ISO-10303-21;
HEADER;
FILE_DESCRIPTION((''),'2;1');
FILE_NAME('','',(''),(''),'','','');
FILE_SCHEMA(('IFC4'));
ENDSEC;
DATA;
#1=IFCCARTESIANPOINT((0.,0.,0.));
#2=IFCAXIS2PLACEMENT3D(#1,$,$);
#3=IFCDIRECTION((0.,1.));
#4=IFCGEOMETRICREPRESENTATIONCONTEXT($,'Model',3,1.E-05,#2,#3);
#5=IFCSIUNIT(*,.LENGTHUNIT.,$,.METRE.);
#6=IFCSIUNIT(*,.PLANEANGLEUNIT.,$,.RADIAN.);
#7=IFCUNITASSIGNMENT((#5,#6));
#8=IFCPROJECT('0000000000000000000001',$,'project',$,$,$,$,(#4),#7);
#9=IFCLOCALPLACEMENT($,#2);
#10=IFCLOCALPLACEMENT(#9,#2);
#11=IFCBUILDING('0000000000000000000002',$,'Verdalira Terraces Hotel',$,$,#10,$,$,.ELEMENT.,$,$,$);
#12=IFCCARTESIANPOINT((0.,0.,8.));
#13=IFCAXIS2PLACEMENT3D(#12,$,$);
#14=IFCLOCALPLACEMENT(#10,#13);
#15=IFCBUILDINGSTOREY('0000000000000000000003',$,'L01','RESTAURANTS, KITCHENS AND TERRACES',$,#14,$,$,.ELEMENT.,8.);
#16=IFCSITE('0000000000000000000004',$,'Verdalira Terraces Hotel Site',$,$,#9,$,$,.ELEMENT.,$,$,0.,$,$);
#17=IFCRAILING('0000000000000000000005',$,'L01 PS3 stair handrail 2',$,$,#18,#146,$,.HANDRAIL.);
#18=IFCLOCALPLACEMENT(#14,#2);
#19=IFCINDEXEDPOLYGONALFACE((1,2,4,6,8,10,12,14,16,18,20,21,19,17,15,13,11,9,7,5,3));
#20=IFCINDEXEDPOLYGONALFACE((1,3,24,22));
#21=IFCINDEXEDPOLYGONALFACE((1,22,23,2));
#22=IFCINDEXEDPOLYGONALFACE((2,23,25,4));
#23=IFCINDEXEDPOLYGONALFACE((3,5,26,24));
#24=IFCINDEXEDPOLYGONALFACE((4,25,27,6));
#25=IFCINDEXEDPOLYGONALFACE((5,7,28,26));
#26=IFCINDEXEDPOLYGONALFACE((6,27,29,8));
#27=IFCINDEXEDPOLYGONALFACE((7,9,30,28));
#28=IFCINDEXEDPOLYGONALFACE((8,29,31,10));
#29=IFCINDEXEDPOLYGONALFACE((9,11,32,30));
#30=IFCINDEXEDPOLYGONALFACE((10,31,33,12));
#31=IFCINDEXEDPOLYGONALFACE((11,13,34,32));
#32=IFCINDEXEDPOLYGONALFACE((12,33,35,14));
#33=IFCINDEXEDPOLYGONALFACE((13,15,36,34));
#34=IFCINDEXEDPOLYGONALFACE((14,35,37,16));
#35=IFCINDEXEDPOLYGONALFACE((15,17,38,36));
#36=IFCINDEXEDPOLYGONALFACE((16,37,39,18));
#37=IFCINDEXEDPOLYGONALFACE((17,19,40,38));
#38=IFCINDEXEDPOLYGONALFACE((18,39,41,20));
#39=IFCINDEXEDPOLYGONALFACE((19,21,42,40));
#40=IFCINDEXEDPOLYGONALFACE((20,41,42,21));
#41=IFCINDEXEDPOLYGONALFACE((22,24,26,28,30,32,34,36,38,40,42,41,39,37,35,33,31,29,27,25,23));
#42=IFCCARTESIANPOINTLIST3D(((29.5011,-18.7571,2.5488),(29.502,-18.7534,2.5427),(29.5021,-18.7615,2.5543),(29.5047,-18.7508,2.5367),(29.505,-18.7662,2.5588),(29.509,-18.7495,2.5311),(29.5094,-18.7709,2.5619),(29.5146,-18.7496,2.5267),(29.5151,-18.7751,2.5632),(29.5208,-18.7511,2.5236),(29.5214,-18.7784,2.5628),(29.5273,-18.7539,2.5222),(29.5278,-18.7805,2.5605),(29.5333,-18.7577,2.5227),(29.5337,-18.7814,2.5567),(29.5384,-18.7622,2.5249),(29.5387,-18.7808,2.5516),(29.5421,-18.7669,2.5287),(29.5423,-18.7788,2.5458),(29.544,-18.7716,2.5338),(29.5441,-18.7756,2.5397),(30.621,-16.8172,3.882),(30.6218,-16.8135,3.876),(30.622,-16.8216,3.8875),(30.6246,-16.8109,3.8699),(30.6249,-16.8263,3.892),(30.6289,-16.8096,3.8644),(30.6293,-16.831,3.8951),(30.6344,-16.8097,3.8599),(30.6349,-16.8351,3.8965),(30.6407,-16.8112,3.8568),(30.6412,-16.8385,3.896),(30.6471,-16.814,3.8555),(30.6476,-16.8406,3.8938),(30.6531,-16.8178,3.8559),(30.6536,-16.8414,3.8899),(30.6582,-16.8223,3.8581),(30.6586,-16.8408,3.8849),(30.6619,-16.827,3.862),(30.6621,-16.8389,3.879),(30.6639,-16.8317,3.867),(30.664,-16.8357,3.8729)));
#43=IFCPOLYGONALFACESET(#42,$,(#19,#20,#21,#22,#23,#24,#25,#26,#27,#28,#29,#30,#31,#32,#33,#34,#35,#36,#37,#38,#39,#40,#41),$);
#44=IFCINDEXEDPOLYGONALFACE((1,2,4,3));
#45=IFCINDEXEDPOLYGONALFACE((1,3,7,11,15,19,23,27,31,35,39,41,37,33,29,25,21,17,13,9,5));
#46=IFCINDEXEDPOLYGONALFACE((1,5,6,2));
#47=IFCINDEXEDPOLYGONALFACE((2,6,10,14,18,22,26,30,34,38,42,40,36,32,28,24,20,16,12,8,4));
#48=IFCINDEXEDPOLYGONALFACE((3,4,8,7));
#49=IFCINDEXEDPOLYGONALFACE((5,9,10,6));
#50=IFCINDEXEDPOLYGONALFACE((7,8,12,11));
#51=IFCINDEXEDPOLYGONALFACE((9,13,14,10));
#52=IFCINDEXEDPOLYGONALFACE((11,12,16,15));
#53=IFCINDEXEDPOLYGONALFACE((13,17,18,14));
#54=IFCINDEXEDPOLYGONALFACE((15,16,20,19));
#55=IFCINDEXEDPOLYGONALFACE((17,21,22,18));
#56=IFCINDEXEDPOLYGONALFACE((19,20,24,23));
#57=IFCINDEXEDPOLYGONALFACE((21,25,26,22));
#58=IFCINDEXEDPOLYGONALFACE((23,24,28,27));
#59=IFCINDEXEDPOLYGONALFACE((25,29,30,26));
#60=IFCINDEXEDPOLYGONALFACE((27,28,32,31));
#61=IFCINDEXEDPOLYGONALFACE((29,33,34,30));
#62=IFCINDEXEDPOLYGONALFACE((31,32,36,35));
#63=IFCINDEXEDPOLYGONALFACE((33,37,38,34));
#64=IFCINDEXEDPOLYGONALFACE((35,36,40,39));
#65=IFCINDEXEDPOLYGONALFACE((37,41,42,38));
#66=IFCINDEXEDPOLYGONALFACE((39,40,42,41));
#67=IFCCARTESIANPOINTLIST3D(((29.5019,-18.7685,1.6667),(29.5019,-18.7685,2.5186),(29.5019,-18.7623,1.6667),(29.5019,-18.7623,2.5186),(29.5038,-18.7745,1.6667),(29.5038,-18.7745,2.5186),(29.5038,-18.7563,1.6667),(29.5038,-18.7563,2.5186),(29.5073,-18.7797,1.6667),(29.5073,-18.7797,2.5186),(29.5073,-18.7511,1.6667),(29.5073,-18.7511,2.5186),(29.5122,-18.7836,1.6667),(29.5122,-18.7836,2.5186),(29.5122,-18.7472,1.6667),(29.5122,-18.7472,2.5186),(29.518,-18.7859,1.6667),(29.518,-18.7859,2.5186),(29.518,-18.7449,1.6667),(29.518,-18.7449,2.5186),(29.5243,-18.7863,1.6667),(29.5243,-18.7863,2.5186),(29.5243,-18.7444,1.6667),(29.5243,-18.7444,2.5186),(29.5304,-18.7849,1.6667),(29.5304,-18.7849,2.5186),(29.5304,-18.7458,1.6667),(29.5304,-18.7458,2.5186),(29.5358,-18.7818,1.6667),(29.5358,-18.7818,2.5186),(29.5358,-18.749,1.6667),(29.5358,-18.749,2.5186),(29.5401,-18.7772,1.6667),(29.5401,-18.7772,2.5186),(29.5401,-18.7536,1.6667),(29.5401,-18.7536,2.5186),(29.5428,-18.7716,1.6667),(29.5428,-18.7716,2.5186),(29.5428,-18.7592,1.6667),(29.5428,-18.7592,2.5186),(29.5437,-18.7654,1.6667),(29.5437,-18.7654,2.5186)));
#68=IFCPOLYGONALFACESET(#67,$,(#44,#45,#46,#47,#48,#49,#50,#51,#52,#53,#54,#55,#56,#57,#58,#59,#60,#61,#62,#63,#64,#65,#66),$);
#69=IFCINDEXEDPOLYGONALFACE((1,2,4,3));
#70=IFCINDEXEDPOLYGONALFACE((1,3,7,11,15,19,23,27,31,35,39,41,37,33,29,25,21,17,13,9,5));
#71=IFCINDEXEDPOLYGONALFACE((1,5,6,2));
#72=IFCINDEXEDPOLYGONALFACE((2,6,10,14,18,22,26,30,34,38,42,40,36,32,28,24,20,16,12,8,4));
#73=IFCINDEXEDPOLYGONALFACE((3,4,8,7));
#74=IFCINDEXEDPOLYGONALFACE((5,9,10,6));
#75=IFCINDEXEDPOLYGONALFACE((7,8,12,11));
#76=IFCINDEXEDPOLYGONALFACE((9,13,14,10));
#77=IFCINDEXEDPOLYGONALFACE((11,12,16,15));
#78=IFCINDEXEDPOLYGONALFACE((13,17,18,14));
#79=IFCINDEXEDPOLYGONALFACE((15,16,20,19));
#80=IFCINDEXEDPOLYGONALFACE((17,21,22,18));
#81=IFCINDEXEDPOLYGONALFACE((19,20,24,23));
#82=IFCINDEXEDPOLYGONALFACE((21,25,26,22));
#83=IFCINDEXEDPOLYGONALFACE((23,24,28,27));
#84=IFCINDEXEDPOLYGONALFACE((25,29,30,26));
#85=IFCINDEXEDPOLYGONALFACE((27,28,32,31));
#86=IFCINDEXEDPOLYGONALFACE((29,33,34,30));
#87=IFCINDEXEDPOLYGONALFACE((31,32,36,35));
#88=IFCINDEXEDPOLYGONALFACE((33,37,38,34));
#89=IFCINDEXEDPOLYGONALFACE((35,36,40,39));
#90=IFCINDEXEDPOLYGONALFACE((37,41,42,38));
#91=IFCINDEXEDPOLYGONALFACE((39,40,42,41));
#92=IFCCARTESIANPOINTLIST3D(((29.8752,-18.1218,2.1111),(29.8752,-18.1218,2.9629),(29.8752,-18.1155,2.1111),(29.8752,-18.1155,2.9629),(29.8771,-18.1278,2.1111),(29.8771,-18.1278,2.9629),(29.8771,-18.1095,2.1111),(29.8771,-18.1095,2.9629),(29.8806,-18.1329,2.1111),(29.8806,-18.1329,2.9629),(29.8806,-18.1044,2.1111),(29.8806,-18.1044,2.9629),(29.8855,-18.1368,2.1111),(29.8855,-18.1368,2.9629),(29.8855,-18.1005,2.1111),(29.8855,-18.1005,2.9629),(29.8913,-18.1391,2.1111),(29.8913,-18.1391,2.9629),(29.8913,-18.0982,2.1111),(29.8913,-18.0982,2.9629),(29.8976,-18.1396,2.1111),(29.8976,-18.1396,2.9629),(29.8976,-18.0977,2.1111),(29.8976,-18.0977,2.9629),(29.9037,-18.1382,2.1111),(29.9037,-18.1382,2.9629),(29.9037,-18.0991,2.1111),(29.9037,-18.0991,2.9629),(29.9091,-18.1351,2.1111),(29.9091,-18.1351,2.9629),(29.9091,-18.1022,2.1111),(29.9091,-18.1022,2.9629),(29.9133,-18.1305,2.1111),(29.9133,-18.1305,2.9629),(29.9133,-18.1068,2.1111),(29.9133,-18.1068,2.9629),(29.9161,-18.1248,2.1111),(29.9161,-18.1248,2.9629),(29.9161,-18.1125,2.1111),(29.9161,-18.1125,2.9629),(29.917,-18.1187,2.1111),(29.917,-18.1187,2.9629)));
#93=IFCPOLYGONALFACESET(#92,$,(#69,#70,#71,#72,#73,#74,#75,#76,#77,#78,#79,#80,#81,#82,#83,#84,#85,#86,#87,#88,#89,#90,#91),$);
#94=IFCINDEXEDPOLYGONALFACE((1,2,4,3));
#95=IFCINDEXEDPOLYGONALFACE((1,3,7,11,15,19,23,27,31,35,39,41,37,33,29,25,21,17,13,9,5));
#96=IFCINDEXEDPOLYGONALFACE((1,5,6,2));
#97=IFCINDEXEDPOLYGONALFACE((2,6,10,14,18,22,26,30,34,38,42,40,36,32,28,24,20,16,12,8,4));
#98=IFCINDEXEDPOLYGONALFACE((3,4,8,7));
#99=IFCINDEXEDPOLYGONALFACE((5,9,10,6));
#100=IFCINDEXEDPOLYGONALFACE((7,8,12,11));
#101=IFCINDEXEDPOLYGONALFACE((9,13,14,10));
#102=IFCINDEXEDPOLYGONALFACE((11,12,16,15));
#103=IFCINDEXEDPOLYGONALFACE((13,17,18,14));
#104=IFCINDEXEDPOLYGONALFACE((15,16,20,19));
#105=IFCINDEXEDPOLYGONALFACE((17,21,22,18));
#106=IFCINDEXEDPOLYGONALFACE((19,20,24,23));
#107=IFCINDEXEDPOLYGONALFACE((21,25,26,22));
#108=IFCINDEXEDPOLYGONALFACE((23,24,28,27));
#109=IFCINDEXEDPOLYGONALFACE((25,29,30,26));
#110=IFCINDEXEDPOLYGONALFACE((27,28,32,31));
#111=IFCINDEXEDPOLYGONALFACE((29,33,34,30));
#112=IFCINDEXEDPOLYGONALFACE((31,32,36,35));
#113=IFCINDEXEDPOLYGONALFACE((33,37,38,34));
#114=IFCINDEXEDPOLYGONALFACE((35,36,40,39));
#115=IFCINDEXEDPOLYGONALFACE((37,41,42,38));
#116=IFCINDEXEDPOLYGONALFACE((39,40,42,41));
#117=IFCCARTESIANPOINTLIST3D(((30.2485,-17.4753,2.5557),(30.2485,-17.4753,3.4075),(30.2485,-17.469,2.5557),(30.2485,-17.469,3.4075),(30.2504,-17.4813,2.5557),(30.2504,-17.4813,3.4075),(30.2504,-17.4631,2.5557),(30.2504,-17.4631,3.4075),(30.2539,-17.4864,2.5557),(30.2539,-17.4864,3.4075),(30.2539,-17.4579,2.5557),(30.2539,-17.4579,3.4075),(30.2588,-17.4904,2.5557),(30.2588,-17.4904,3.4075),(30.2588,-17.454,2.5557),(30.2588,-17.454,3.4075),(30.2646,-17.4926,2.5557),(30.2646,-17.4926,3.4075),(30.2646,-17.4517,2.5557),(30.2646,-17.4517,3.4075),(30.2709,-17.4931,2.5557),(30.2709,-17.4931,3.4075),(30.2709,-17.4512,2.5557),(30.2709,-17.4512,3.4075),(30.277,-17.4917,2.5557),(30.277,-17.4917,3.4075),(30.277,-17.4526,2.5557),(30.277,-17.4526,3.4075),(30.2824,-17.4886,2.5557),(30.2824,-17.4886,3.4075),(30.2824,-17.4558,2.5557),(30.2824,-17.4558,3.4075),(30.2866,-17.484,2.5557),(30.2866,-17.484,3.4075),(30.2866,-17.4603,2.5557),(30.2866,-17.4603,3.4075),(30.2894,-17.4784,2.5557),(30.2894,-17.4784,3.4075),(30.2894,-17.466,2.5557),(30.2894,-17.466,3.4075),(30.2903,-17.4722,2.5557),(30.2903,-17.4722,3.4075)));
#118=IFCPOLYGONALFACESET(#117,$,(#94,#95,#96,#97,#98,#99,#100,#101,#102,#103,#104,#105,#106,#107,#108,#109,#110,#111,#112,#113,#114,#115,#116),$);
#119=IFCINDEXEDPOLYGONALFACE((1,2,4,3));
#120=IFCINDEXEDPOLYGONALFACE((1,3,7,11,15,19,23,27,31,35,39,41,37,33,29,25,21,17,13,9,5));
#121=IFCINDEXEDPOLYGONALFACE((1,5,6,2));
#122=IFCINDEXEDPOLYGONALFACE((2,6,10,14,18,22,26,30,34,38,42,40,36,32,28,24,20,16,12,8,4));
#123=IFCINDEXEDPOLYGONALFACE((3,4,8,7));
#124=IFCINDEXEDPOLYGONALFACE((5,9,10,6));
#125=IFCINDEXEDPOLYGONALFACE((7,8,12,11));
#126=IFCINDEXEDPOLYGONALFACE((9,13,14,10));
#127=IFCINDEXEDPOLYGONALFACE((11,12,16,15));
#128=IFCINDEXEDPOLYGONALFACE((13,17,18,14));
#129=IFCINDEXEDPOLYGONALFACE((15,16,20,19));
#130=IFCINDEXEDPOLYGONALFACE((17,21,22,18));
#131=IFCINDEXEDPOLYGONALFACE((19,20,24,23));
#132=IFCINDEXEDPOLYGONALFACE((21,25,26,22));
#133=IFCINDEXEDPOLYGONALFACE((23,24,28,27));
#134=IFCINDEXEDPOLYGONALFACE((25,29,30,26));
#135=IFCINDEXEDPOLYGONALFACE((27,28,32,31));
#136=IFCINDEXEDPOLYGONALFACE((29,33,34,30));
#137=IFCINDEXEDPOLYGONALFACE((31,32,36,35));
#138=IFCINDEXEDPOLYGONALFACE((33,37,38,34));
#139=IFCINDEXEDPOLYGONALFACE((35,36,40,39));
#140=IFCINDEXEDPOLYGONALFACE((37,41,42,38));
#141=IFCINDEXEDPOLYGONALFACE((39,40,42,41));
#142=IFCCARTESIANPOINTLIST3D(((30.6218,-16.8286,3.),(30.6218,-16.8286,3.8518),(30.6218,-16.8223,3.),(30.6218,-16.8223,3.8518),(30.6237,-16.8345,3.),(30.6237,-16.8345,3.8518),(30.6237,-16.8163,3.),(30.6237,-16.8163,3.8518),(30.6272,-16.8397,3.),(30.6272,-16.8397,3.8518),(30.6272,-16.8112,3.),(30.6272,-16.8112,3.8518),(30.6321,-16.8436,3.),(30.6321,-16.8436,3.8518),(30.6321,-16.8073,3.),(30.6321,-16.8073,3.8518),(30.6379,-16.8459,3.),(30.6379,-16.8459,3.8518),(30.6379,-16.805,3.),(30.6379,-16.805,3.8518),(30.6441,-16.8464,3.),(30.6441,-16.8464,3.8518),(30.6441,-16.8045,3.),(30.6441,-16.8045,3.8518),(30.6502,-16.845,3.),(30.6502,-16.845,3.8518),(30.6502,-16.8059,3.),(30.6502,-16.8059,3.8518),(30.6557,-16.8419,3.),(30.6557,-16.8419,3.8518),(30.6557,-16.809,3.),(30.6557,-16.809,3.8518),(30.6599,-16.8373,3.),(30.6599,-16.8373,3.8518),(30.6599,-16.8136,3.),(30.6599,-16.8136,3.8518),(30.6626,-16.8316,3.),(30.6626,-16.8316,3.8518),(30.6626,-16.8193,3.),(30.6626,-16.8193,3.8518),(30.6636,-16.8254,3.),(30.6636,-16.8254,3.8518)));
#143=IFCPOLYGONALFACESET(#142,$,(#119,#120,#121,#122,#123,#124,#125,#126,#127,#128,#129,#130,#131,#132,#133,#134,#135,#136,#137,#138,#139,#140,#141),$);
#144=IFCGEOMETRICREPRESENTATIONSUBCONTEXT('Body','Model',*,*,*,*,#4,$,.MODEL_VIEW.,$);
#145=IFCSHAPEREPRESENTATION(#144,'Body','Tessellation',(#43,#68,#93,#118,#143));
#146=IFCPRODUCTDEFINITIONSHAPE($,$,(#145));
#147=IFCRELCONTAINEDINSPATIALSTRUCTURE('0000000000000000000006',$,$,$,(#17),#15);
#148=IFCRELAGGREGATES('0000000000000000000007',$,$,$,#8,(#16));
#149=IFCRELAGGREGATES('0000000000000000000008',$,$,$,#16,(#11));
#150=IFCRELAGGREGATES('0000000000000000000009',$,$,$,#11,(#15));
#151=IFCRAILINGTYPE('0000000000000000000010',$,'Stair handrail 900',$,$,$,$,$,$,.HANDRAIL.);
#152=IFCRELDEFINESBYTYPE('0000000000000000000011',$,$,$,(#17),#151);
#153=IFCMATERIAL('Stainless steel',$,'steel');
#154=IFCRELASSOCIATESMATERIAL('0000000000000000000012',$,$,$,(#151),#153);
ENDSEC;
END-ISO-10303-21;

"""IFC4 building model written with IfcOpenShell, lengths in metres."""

from ifc_helpers import new_model, si_unit, direction, frame, origin, origin_2d, place, context, subcontext, project, spatial, circle, extrude, material, type_object, element, save


model = new_model("IFC4")

# Units and contexts
model_context = context("Model", 3, precision=1e-05, world=origin(), true_north=direction((0.0, 1.0)))
body_context = subcontext(model_context, "Body", "Model", "MODEL_VIEW")
ifc_project = project(units=[si_unit("LENGTHUNIT", "METRE"), si_unit("PLANEANGLEUNIT", "RADIAN")], contexts=[model_context])

# Site, building, storey
site_placement = place(None, origin())
site = spatial("IfcSite", under=ifc_project, at=site_placement, Name="Verdalira Terraces Hotel Site", CompositionType="ELEMENT", RefElevation=0.0)
building_placement = place(site_placement, origin())
building = spatial("IfcBuilding", under=site, at=building_placement, Name="Verdalira Terraces Hotel", CompositionType="ELEMENT")
storey_placement = place(building_placement, frame((0.0, 0.0, 8.0)))
storey = spatial("IfcBuildingStorey", under=building, at=storey_placement, Name="L01", Description="RESTAURANTS, KITCHENS AND TERRACES", CompositionType="ELEMENT", Elevation=8.0)

# Railing
ifc_material_1 = material(Name="Stainless steel", Category="steel")
railing_type_1 = type_object("IfcRailingType", Name="Stair handrail 900", PredefinedType="HANDRAIL", material=ifc_material_1)
railing_1_placement = place(storey_placement, frame((29.5227, -18.7654, 1.6667)))
element("IfcRailing", 1, at=railing_1_placement, inside=storey, type_object=railing_type_1, Name="L01 PS3 stair handrail 2", PredefinedType="HANDRAIL", context=body_context, shape_type="SweptSolid", body=[
    extrude(circle(Radius=0.0239, at=origin_2d()), frame((0.0, 0.0, 0.876), z_axis=(0.429608, 0.744205, 0.511465), x_axis=(-0.866055, 0.499949, 0.0)), (0.0, 0.0, 1.0), 2.6067),
    extrude(circle(Radius=0.021, at=origin_2d()), origin(), (0.0, 0.0, 1.0), 0.8518),
    extrude(circle(Radius=0.021, at=origin_2d()), frame((0.3733, 0.6467, 0.4443)), (0.0, 0.0, 1.0), 0.8518),
    extrude(circle(Radius=0.021, at=origin_2d()), frame((0.7466, 1.2932, 0.8889)), (0.0, 0.0, 1.0), 0.8518),
    extrude(circle(Radius=0.021, at=origin_2d()), frame((1.1199, 1.9399, 1.3333)), (0.0, 0.0, 1.0), 0.8518),
])

save(model, "model.ifc")
